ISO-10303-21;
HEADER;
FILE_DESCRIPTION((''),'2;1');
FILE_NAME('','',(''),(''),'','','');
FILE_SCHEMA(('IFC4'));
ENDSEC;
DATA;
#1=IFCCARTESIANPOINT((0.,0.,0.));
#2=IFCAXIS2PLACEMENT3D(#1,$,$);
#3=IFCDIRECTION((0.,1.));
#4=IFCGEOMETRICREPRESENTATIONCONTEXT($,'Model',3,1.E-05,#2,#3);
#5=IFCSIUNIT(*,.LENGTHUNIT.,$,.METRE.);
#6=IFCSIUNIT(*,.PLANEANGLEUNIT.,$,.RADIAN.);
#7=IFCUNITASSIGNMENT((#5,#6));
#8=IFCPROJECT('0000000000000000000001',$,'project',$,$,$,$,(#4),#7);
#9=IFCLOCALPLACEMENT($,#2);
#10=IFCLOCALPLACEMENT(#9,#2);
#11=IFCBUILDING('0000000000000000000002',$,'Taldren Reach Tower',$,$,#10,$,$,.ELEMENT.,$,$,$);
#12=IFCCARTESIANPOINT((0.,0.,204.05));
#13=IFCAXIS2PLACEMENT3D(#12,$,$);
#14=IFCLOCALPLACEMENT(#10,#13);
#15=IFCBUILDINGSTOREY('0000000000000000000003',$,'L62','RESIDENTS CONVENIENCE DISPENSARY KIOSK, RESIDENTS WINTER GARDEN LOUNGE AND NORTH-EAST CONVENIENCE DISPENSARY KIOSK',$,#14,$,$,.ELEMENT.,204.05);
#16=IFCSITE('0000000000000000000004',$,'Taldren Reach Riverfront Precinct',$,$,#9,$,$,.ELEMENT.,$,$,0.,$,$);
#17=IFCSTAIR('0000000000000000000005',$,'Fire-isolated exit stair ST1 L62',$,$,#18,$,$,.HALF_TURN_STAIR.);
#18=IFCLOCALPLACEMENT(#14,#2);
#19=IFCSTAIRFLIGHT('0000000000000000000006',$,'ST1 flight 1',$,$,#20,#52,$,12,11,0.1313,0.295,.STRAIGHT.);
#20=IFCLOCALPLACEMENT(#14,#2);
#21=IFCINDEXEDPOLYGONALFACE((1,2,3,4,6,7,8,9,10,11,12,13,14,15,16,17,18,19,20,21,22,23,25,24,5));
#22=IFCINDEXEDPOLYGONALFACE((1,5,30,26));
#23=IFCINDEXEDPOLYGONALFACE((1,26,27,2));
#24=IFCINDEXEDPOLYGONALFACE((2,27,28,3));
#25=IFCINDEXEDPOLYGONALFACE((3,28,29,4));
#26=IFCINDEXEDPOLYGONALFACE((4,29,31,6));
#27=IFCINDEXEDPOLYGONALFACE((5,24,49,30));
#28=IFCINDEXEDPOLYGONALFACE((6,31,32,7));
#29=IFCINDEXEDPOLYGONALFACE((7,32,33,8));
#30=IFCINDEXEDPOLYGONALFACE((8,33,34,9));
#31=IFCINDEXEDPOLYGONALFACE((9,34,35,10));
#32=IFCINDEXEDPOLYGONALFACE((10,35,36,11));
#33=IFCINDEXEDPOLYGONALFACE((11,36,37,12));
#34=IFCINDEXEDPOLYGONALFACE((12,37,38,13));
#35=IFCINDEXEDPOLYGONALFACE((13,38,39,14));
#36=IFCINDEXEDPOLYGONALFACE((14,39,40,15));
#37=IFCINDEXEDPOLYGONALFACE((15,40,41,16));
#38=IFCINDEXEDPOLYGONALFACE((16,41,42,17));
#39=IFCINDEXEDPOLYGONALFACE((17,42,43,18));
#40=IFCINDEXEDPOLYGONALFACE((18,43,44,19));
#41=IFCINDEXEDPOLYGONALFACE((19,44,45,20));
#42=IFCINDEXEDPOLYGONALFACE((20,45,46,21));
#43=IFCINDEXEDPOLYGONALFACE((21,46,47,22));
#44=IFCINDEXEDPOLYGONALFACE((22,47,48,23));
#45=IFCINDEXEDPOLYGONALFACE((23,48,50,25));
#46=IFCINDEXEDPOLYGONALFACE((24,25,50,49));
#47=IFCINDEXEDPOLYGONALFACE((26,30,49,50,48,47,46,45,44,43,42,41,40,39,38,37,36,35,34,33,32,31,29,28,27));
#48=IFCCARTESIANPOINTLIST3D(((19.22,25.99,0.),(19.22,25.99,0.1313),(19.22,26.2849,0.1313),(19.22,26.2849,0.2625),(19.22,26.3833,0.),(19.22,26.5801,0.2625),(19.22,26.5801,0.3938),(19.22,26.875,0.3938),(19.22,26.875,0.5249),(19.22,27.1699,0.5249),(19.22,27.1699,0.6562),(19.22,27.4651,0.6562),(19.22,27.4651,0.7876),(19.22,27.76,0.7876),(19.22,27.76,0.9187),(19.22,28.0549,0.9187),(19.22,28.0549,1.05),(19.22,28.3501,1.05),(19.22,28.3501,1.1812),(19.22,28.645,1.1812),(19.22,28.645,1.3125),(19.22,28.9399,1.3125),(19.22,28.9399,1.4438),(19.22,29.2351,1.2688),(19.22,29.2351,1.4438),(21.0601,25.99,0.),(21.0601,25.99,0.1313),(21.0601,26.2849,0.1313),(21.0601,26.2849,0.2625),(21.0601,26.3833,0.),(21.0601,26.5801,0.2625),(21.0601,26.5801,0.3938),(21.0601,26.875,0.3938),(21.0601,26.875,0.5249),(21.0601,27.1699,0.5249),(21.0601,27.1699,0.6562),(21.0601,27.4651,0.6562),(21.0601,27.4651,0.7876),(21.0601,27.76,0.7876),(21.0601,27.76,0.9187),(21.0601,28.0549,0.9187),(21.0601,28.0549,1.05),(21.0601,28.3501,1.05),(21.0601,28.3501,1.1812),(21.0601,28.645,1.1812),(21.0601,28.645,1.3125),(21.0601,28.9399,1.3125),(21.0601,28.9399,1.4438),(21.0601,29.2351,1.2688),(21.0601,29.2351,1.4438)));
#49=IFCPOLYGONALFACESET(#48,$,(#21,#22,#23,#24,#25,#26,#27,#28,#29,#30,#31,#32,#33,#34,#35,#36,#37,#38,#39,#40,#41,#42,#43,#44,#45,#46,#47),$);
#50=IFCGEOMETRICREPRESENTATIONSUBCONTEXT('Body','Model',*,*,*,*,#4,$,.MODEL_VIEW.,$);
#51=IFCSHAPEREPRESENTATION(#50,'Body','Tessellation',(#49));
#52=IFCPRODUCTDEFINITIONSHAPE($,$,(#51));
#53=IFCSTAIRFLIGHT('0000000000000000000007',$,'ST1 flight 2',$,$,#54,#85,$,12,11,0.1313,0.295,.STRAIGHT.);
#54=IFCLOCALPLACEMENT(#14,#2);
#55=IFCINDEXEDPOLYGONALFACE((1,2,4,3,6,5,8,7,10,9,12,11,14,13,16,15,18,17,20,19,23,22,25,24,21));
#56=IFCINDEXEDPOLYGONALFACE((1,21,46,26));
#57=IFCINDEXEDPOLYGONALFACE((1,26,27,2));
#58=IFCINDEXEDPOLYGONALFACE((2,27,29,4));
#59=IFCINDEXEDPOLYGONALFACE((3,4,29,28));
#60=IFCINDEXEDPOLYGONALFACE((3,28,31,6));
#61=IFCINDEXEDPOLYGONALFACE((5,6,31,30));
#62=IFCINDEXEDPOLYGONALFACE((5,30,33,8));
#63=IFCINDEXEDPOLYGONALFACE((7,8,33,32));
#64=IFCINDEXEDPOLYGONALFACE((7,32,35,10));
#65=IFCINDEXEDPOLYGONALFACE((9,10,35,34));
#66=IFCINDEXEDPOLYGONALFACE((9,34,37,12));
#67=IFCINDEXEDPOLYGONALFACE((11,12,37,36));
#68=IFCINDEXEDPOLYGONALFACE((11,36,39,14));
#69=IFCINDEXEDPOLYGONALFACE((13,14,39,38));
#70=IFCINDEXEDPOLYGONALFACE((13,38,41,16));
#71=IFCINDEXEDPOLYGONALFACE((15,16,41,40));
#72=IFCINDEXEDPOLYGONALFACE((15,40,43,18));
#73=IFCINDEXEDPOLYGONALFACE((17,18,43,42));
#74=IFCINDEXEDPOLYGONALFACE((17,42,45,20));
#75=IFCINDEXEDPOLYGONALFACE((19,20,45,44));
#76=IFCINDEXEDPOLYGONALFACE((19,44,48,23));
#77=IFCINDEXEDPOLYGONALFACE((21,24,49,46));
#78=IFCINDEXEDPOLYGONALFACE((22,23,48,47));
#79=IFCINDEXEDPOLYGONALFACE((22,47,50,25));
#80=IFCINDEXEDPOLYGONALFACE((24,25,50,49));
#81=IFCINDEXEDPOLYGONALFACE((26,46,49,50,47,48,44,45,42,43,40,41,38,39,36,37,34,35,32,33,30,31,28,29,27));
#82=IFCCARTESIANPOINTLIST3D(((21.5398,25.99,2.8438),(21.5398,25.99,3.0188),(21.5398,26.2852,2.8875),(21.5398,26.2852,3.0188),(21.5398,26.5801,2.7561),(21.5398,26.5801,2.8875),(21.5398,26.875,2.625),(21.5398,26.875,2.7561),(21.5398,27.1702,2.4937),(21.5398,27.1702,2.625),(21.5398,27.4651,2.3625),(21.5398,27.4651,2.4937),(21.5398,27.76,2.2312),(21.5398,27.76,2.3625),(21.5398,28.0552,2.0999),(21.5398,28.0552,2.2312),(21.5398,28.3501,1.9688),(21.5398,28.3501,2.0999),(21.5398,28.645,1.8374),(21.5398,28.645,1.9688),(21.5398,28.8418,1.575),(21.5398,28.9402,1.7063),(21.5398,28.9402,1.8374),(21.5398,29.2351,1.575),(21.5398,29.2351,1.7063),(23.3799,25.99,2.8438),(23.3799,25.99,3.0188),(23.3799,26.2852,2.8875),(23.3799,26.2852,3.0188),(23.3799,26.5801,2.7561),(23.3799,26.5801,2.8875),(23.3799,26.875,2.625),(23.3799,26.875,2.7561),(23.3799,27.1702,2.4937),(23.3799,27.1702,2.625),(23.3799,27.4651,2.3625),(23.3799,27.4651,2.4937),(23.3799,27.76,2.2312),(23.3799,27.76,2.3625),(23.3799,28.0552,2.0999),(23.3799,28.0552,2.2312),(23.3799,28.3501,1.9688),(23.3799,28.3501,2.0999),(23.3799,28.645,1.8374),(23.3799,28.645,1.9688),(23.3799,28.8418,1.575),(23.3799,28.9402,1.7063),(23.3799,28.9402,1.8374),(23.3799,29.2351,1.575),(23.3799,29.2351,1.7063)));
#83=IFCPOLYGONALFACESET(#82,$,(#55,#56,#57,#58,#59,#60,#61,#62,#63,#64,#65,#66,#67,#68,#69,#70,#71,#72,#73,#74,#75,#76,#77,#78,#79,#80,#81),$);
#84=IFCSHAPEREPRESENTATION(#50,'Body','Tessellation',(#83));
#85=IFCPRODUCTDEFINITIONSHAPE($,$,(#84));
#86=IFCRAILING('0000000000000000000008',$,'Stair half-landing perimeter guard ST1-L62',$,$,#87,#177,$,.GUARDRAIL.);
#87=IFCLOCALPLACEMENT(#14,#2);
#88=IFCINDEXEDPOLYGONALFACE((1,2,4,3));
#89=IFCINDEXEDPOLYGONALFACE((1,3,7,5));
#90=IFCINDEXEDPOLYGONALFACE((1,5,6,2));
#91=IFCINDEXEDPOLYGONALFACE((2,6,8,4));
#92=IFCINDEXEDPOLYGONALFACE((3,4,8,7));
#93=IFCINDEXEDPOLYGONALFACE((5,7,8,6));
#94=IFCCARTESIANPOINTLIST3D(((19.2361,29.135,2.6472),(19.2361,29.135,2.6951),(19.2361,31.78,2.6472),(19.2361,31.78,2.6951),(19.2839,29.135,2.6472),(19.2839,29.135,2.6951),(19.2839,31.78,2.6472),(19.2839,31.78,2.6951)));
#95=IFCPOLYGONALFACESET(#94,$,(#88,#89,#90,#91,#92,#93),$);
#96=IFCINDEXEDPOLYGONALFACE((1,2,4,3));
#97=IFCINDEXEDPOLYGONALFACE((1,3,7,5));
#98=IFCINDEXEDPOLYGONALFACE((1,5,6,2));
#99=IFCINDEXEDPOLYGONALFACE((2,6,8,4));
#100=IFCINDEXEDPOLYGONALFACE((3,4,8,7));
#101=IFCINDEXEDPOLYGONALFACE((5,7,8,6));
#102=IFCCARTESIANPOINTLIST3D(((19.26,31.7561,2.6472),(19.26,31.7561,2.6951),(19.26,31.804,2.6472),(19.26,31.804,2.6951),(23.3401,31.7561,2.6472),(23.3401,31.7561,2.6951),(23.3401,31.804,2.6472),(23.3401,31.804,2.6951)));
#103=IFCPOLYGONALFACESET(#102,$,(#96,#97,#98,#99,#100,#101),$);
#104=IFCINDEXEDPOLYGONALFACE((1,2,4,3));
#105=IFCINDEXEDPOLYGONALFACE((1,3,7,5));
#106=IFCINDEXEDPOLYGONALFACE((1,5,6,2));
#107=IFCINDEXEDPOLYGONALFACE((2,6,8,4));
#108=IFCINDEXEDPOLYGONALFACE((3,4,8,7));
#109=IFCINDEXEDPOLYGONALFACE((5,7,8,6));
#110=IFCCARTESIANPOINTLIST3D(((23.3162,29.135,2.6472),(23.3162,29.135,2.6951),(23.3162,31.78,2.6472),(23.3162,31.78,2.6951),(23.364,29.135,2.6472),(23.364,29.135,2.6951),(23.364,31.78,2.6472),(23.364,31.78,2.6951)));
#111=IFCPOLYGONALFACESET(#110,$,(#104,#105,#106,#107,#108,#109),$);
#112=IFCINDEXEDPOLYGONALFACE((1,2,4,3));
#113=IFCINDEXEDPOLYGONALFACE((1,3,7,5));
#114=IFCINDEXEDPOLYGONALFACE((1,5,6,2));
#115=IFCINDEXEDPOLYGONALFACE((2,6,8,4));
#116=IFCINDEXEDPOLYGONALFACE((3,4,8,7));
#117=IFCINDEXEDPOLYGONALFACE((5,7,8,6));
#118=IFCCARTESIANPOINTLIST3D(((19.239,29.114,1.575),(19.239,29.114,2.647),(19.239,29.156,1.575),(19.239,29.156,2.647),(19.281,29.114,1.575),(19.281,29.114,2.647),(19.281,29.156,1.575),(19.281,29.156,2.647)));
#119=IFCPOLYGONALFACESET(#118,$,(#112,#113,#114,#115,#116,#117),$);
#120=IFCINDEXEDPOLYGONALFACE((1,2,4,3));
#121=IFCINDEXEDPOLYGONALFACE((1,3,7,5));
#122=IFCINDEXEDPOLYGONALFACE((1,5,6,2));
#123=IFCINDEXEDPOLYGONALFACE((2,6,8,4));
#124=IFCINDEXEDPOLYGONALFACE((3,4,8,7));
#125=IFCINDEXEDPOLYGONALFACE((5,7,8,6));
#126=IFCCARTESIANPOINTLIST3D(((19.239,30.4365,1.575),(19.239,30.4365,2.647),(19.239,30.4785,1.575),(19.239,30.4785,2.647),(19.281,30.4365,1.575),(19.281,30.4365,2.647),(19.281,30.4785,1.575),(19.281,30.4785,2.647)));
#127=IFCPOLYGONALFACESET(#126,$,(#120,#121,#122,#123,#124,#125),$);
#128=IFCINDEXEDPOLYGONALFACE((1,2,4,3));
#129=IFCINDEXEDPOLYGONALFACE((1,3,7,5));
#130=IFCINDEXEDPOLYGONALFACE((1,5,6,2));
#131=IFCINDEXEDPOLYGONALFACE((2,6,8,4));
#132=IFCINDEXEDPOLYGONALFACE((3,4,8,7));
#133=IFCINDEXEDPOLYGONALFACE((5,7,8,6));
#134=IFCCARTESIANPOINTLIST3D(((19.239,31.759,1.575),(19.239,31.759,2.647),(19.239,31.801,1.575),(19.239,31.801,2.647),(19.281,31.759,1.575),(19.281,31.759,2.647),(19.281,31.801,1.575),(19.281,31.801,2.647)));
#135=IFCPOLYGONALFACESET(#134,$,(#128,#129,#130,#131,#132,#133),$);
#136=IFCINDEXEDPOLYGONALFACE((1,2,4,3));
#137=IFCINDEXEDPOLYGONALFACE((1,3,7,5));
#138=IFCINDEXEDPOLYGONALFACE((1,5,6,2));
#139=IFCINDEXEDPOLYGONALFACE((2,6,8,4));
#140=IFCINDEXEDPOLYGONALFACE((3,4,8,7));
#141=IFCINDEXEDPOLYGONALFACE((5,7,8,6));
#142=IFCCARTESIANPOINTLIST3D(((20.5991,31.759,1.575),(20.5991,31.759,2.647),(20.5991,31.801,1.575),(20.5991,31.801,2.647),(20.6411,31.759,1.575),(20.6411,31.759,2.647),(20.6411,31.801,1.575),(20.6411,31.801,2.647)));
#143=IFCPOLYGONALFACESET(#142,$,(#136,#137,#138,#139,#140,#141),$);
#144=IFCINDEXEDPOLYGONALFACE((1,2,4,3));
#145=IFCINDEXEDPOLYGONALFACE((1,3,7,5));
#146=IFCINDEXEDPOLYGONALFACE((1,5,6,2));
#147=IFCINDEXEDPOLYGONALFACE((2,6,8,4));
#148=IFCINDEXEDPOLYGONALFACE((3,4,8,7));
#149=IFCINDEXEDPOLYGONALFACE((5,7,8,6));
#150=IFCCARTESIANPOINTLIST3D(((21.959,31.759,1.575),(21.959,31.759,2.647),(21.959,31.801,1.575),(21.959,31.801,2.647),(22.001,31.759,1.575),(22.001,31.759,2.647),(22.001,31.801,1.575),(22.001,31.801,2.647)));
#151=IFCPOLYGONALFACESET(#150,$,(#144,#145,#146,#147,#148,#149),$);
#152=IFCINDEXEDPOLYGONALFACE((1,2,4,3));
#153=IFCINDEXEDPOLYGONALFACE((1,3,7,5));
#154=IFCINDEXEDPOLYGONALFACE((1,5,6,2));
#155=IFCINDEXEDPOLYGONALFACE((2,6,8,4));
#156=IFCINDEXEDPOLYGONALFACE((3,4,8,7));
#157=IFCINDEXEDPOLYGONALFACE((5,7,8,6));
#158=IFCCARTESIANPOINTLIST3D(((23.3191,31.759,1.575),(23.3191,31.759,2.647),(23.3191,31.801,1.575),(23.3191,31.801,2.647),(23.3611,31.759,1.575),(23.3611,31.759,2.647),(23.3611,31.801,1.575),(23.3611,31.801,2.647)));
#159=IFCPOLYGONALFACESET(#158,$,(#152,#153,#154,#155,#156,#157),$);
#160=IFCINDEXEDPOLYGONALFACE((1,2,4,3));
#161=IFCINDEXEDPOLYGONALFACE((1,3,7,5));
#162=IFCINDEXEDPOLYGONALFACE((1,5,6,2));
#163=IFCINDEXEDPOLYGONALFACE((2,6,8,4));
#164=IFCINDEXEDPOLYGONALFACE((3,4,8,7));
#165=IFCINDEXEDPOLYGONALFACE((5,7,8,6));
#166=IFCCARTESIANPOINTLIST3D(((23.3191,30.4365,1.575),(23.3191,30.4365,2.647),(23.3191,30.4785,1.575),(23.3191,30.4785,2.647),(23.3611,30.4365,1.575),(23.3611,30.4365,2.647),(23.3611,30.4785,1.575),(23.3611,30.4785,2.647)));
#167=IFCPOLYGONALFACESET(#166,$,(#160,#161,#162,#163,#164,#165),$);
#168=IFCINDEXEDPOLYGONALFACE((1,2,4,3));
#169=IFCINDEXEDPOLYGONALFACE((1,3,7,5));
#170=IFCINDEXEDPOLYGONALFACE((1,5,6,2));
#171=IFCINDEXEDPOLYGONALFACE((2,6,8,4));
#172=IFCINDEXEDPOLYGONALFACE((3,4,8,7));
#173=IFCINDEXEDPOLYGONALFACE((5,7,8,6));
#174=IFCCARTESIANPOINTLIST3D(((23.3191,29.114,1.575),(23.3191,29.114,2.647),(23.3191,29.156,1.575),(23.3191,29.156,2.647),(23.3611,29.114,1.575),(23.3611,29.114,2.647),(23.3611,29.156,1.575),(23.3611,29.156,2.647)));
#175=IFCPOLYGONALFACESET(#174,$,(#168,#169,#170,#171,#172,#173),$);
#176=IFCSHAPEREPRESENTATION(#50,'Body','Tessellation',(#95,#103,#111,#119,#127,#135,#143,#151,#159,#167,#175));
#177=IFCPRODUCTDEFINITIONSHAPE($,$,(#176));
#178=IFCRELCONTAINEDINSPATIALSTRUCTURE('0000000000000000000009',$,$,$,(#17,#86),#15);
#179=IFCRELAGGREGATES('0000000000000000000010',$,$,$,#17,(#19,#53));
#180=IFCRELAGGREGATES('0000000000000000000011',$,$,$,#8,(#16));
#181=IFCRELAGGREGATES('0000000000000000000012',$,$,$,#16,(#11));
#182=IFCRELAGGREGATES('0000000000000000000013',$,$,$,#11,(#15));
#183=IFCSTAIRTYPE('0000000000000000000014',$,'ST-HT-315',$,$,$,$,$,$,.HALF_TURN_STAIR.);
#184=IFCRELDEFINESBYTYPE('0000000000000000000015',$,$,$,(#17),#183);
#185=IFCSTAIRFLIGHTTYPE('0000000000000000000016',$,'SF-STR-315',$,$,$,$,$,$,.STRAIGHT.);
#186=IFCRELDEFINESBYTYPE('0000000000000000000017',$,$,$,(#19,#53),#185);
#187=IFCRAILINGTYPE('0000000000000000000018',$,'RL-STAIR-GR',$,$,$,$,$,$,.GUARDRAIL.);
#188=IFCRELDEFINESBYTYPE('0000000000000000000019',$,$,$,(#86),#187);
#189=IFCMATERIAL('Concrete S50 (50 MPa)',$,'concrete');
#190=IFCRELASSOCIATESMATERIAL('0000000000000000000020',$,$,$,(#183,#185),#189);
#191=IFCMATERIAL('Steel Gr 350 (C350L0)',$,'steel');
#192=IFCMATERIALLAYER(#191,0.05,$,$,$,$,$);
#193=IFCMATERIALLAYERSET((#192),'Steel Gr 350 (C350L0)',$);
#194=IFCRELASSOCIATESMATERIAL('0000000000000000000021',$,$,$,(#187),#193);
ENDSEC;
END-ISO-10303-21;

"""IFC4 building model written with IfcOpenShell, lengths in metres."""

from ifc_helpers import new_model, si_unit, direction, frame, origin, origin_2d, place, context, subcontext, project, spatial, polyline, rectangle, outline, extrude, material, layer, layer_set, type_object, element, aggregate, save


model = new_model("IFC4")

# Units and contexts
model_context = context("Model", 3, precision=1e-05, world=origin(), true_north=direction((0.0, 1.0)))
body_context = subcontext(model_context, "Body", "Model", "MODEL_VIEW")
ifc_project = project(units=[si_unit("LENGTHUNIT", "METRE"), si_unit("PLANEANGLEUNIT", "RADIAN")], contexts=[model_context])

# Site, building, storey
site_placement = place(None, origin())
site = spatial("IfcSite", under=ifc_project, at=site_placement, Name="Taldren Reach Riverfront Precinct", CompositionType="ELEMENT", RefElevation=0.0)
building_placement = place(site_placement, origin())
building = spatial("IfcBuilding", under=site, at=building_placement, Name="Taldren Reach Tower", CompositionType="ELEMENT")
storey_placement = place(building_placement, frame((0.0, 0.0, 204.05)))
storey = spatial("IfcBuildingStorey", under=building, at=storey_placement, Name="L62", Description="RESIDENTS CONVENIENCE DISPENSARY KIOSK, RESIDENTS WINTER GARDEN LOUNGE AND NORTH-EAST CONVENIENCE DISPENSARY KIOSK", CompositionType="ELEMENT", Elevation=204.05)

# Shared definitions
ifc_material_1 = material(Name="Steel Gr 350 (C350L0)", Category="steel")

# Stair, stair flights
ifc_material_2 = material(Name="Concrete S50 (50 MPa)", Category="concrete")
stair_type = type_object("IfcStairType", Name="ST-HT-315", PredefinedType="HALF_TURN_STAIR", material=ifc_material_2)
stair_placement = place(storey_placement, origin())
stair = element("IfcStair", 1, at=stair_placement, inside=storey, type_object=stair_type, Name="Fire-isolated exit stair ST1 L62", PredefinedType="HALF_TURN_STAIR")
stair_flight_type = type_object("IfcStairFlightType", Name="SF-STR-315", PredefinedType="STRAIGHT", material=ifc_material_2)
stair_flight_1_placement = place(storey_placement, frame((20.1399, 25.99, 0.0), z_axis=(0.0, 0.0, 1.0), x_axis=(0.0, 1.0, 0.0)))
stair_flight_1 = element("IfcStairFlight", 2, at=stair_flight_1_placement, type_object=stair_flight_type, Name="ST1 flight 1", NumberOfRisers=12, NumberOfTreads=11, PredefinedType="STRAIGHT", RiserHeight=0.1313, TreadLength=0.295, context=body_context, shape_type="SweptSolid", body=[
    extrude(outline(polyline([(0.0, 0.0), (0.0, 0.1313), (0.2949, 0.1313), (0.2949, 0.2625), (0.5901, 0.2625), (0.5901, 0.3938), (0.885, 0.3938), (0.885, 0.5249), (1.1799, 0.5249), (1.1799, 0.6562), (1.4751, 0.6562), (1.4751, 0.7876), (1.77, 0.7876), (1.77, 0.9187), (2.0649, 0.9187), (2.0649, 1.05), (2.3601, 1.05), (2.3601, 1.1812), (2.655, 1.1812), (2.655, 1.3125), (2.95, 1.3125), (2.95, 1.4438), (3.2451, 1.4438), (3.2451, 1.575), (3.2451, 1.2688), (0.3933, 0.0), (0.0, 0.0)])), frame((0.0, 0.9199, 0.0), z_axis=(0.0, -1.0, 0.0), x_axis=(1.0, 0.0, 0.0)), (0.0, 0.0, 1.0), 1.8401),
])
stair_flight_2_placement = place(storey_placement, frame((22.46, 29.2351, 1.575), z_axis=(0.0, 0.0, 1.0), x_axis=(0.0, -1.0, 0.0)))
stair_flight_2 = element("IfcStairFlight", 3, at=stair_flight_2_placement, type_object=stair_flight_type, Name="ST1 flight 2", NumberOfRisers=12, NumberOfTreads=11, PredefinedType="STRAIGHT", RiserHeight=0.1313, TreadLength=0.295, context=body_context, shape_type="SweptSolid", body=[
    extrude(outline(polyline([(0.0, 0.0), (0.0, 0.1313), (0.2949, 0.1313), (0.2949, 0.2625), (0.5901, 0.2625), (0.5901, 0.3938), (0.885, 0.3938), (0.885, 0.5249), (1.1799, 0.5249), (1.1799, 0.6562), (1.4751, 0.6562), (1.4751, 0.7876), (1.77, 0.7876), (1.77, 0.9187), (2.0649, 0.9187), (2.0649, 1.05), (2.3601, 1.05), (2.3601, 1.1812), (2.655, 1.1812), (2.655, 1.3125), (2.95, 1.3125), (2.95, 1.4438), (3.2451, 1.4438), (3.2451, 1.575), (3.2451, 1.2688), (0.3933, 0.0), (0.0, 0.0)])), frame((0.0, 0.9199, 0.0), z_axis=(0.0, -1.0, 0.0), x_axis=(1.0, 0.0, 0.0)), (0.0, 0.0, 1.0), 1.8401),
])
aggregate(stair, [stair_flight_1, stair_flight_2])

# Railing
ifc_layer_1 = layer(ifc_material_1, 0.05)
ifc_layer_set_1 = layer_set([ifc_layer_1], Name="Steel Gr 350 (C350L0)")
railing_type_1 = type_object("IfcRailingType", Name="RL-STAIR-GR", PredefinedType="GUARDRAIL", material=ifc_layer_set_1)
railing_1_placement = place(storey_placement, frame((19.26, 29.135, 1.575)))
element("IfcRailing", 4, at=railing_1_placement, inside=storey, type_object=railing_type_1, Name="Stair half-landing perimeter guard ST1-L62", PredefinedType="GUARDRAIL", context=body_context, shape_type="SweptSolid", body=[
    extrude(rectangle(XDim=0.0479, YDim=0.0479, at=origin_2d()), frame((0.0, 0.0, 1.0962), z_axis=(0.0, 1.0, 0.0), x_axis=(-1.0, 0.0, 0.0)), (0.0, 0.0, 1.0), 2.645),
    extrude(rectangle(XDim=0.0479, YDim=0.0479, at=origin_2d()), frame((0.0, 2.645, 1.0962), z_axis=(1.0, 0.0, 0.0), x_axis=(0.0, 1.0, 0.0)), (0.0, 0.0, 1.0), 4.0801),
    extrude(rectangle(XDim=0.0479, YDim=0.0479, at=origin_2d()), frame((4.0801, 2.645, 1.0962), z_axis=(0.0, -1.0, 0.0), x_axis=(1.0, 0.0, 0.0)), (0.0, 0.0, 1.0), 2.645),
    extrude(rectangle(XDim=0.042, YDim=0.042, at=origin_2d()), origin(), (0.0, 0.0, 1.0), 1.072),
    extrude(rectangle(XDim=0.042, YDim=0.042, at=origin_2d()), frame((0.0, 1.3225, 0.0)), (0.0, 0.0, 1.0), 1.072),
    extrude(rectangle(XDim=0.042, YDim=0.042, at=origin_2d()), frame((0.0, 2.645, 0.0)), (0.0, 0.0, 1.0), 1.072),
    extrude(rectangle(XDim=0.042, YDim=0.042, at=origin_2d()), frame((1.3601, 2.645, 0.0)), (0.0, 0.0, 1.0), 1.072),
    extrude(rectangle(XDim=0.042, YDim=0.042, at=origin_2d()), frame((2.72, 2.645, 0.0)), (0.0, 0.0, 1.0), 1.072),
    extrude(rectangle(XDim=0.042, YDim=0.042, at=origin_2d()), frame((4.0801, 2.645, 0.0)), (0.0, 0.0, 1.0), 1.072),
    extrude(rectangle(XDim=0.042, YDim=0.042, at=origin_2d()), frame((4.0801, 1.3225, 0.0)), (0.0, 0.0, 1.0), 1.072),
    extrude(rectangle(XDim=0.042, YDim=0.042, at=origin_2d()), frame((4.0801, 0.0, 0.0)), (0.0, 0.0, 1.0), 1.072),
])

save(model, "model.ifc")
